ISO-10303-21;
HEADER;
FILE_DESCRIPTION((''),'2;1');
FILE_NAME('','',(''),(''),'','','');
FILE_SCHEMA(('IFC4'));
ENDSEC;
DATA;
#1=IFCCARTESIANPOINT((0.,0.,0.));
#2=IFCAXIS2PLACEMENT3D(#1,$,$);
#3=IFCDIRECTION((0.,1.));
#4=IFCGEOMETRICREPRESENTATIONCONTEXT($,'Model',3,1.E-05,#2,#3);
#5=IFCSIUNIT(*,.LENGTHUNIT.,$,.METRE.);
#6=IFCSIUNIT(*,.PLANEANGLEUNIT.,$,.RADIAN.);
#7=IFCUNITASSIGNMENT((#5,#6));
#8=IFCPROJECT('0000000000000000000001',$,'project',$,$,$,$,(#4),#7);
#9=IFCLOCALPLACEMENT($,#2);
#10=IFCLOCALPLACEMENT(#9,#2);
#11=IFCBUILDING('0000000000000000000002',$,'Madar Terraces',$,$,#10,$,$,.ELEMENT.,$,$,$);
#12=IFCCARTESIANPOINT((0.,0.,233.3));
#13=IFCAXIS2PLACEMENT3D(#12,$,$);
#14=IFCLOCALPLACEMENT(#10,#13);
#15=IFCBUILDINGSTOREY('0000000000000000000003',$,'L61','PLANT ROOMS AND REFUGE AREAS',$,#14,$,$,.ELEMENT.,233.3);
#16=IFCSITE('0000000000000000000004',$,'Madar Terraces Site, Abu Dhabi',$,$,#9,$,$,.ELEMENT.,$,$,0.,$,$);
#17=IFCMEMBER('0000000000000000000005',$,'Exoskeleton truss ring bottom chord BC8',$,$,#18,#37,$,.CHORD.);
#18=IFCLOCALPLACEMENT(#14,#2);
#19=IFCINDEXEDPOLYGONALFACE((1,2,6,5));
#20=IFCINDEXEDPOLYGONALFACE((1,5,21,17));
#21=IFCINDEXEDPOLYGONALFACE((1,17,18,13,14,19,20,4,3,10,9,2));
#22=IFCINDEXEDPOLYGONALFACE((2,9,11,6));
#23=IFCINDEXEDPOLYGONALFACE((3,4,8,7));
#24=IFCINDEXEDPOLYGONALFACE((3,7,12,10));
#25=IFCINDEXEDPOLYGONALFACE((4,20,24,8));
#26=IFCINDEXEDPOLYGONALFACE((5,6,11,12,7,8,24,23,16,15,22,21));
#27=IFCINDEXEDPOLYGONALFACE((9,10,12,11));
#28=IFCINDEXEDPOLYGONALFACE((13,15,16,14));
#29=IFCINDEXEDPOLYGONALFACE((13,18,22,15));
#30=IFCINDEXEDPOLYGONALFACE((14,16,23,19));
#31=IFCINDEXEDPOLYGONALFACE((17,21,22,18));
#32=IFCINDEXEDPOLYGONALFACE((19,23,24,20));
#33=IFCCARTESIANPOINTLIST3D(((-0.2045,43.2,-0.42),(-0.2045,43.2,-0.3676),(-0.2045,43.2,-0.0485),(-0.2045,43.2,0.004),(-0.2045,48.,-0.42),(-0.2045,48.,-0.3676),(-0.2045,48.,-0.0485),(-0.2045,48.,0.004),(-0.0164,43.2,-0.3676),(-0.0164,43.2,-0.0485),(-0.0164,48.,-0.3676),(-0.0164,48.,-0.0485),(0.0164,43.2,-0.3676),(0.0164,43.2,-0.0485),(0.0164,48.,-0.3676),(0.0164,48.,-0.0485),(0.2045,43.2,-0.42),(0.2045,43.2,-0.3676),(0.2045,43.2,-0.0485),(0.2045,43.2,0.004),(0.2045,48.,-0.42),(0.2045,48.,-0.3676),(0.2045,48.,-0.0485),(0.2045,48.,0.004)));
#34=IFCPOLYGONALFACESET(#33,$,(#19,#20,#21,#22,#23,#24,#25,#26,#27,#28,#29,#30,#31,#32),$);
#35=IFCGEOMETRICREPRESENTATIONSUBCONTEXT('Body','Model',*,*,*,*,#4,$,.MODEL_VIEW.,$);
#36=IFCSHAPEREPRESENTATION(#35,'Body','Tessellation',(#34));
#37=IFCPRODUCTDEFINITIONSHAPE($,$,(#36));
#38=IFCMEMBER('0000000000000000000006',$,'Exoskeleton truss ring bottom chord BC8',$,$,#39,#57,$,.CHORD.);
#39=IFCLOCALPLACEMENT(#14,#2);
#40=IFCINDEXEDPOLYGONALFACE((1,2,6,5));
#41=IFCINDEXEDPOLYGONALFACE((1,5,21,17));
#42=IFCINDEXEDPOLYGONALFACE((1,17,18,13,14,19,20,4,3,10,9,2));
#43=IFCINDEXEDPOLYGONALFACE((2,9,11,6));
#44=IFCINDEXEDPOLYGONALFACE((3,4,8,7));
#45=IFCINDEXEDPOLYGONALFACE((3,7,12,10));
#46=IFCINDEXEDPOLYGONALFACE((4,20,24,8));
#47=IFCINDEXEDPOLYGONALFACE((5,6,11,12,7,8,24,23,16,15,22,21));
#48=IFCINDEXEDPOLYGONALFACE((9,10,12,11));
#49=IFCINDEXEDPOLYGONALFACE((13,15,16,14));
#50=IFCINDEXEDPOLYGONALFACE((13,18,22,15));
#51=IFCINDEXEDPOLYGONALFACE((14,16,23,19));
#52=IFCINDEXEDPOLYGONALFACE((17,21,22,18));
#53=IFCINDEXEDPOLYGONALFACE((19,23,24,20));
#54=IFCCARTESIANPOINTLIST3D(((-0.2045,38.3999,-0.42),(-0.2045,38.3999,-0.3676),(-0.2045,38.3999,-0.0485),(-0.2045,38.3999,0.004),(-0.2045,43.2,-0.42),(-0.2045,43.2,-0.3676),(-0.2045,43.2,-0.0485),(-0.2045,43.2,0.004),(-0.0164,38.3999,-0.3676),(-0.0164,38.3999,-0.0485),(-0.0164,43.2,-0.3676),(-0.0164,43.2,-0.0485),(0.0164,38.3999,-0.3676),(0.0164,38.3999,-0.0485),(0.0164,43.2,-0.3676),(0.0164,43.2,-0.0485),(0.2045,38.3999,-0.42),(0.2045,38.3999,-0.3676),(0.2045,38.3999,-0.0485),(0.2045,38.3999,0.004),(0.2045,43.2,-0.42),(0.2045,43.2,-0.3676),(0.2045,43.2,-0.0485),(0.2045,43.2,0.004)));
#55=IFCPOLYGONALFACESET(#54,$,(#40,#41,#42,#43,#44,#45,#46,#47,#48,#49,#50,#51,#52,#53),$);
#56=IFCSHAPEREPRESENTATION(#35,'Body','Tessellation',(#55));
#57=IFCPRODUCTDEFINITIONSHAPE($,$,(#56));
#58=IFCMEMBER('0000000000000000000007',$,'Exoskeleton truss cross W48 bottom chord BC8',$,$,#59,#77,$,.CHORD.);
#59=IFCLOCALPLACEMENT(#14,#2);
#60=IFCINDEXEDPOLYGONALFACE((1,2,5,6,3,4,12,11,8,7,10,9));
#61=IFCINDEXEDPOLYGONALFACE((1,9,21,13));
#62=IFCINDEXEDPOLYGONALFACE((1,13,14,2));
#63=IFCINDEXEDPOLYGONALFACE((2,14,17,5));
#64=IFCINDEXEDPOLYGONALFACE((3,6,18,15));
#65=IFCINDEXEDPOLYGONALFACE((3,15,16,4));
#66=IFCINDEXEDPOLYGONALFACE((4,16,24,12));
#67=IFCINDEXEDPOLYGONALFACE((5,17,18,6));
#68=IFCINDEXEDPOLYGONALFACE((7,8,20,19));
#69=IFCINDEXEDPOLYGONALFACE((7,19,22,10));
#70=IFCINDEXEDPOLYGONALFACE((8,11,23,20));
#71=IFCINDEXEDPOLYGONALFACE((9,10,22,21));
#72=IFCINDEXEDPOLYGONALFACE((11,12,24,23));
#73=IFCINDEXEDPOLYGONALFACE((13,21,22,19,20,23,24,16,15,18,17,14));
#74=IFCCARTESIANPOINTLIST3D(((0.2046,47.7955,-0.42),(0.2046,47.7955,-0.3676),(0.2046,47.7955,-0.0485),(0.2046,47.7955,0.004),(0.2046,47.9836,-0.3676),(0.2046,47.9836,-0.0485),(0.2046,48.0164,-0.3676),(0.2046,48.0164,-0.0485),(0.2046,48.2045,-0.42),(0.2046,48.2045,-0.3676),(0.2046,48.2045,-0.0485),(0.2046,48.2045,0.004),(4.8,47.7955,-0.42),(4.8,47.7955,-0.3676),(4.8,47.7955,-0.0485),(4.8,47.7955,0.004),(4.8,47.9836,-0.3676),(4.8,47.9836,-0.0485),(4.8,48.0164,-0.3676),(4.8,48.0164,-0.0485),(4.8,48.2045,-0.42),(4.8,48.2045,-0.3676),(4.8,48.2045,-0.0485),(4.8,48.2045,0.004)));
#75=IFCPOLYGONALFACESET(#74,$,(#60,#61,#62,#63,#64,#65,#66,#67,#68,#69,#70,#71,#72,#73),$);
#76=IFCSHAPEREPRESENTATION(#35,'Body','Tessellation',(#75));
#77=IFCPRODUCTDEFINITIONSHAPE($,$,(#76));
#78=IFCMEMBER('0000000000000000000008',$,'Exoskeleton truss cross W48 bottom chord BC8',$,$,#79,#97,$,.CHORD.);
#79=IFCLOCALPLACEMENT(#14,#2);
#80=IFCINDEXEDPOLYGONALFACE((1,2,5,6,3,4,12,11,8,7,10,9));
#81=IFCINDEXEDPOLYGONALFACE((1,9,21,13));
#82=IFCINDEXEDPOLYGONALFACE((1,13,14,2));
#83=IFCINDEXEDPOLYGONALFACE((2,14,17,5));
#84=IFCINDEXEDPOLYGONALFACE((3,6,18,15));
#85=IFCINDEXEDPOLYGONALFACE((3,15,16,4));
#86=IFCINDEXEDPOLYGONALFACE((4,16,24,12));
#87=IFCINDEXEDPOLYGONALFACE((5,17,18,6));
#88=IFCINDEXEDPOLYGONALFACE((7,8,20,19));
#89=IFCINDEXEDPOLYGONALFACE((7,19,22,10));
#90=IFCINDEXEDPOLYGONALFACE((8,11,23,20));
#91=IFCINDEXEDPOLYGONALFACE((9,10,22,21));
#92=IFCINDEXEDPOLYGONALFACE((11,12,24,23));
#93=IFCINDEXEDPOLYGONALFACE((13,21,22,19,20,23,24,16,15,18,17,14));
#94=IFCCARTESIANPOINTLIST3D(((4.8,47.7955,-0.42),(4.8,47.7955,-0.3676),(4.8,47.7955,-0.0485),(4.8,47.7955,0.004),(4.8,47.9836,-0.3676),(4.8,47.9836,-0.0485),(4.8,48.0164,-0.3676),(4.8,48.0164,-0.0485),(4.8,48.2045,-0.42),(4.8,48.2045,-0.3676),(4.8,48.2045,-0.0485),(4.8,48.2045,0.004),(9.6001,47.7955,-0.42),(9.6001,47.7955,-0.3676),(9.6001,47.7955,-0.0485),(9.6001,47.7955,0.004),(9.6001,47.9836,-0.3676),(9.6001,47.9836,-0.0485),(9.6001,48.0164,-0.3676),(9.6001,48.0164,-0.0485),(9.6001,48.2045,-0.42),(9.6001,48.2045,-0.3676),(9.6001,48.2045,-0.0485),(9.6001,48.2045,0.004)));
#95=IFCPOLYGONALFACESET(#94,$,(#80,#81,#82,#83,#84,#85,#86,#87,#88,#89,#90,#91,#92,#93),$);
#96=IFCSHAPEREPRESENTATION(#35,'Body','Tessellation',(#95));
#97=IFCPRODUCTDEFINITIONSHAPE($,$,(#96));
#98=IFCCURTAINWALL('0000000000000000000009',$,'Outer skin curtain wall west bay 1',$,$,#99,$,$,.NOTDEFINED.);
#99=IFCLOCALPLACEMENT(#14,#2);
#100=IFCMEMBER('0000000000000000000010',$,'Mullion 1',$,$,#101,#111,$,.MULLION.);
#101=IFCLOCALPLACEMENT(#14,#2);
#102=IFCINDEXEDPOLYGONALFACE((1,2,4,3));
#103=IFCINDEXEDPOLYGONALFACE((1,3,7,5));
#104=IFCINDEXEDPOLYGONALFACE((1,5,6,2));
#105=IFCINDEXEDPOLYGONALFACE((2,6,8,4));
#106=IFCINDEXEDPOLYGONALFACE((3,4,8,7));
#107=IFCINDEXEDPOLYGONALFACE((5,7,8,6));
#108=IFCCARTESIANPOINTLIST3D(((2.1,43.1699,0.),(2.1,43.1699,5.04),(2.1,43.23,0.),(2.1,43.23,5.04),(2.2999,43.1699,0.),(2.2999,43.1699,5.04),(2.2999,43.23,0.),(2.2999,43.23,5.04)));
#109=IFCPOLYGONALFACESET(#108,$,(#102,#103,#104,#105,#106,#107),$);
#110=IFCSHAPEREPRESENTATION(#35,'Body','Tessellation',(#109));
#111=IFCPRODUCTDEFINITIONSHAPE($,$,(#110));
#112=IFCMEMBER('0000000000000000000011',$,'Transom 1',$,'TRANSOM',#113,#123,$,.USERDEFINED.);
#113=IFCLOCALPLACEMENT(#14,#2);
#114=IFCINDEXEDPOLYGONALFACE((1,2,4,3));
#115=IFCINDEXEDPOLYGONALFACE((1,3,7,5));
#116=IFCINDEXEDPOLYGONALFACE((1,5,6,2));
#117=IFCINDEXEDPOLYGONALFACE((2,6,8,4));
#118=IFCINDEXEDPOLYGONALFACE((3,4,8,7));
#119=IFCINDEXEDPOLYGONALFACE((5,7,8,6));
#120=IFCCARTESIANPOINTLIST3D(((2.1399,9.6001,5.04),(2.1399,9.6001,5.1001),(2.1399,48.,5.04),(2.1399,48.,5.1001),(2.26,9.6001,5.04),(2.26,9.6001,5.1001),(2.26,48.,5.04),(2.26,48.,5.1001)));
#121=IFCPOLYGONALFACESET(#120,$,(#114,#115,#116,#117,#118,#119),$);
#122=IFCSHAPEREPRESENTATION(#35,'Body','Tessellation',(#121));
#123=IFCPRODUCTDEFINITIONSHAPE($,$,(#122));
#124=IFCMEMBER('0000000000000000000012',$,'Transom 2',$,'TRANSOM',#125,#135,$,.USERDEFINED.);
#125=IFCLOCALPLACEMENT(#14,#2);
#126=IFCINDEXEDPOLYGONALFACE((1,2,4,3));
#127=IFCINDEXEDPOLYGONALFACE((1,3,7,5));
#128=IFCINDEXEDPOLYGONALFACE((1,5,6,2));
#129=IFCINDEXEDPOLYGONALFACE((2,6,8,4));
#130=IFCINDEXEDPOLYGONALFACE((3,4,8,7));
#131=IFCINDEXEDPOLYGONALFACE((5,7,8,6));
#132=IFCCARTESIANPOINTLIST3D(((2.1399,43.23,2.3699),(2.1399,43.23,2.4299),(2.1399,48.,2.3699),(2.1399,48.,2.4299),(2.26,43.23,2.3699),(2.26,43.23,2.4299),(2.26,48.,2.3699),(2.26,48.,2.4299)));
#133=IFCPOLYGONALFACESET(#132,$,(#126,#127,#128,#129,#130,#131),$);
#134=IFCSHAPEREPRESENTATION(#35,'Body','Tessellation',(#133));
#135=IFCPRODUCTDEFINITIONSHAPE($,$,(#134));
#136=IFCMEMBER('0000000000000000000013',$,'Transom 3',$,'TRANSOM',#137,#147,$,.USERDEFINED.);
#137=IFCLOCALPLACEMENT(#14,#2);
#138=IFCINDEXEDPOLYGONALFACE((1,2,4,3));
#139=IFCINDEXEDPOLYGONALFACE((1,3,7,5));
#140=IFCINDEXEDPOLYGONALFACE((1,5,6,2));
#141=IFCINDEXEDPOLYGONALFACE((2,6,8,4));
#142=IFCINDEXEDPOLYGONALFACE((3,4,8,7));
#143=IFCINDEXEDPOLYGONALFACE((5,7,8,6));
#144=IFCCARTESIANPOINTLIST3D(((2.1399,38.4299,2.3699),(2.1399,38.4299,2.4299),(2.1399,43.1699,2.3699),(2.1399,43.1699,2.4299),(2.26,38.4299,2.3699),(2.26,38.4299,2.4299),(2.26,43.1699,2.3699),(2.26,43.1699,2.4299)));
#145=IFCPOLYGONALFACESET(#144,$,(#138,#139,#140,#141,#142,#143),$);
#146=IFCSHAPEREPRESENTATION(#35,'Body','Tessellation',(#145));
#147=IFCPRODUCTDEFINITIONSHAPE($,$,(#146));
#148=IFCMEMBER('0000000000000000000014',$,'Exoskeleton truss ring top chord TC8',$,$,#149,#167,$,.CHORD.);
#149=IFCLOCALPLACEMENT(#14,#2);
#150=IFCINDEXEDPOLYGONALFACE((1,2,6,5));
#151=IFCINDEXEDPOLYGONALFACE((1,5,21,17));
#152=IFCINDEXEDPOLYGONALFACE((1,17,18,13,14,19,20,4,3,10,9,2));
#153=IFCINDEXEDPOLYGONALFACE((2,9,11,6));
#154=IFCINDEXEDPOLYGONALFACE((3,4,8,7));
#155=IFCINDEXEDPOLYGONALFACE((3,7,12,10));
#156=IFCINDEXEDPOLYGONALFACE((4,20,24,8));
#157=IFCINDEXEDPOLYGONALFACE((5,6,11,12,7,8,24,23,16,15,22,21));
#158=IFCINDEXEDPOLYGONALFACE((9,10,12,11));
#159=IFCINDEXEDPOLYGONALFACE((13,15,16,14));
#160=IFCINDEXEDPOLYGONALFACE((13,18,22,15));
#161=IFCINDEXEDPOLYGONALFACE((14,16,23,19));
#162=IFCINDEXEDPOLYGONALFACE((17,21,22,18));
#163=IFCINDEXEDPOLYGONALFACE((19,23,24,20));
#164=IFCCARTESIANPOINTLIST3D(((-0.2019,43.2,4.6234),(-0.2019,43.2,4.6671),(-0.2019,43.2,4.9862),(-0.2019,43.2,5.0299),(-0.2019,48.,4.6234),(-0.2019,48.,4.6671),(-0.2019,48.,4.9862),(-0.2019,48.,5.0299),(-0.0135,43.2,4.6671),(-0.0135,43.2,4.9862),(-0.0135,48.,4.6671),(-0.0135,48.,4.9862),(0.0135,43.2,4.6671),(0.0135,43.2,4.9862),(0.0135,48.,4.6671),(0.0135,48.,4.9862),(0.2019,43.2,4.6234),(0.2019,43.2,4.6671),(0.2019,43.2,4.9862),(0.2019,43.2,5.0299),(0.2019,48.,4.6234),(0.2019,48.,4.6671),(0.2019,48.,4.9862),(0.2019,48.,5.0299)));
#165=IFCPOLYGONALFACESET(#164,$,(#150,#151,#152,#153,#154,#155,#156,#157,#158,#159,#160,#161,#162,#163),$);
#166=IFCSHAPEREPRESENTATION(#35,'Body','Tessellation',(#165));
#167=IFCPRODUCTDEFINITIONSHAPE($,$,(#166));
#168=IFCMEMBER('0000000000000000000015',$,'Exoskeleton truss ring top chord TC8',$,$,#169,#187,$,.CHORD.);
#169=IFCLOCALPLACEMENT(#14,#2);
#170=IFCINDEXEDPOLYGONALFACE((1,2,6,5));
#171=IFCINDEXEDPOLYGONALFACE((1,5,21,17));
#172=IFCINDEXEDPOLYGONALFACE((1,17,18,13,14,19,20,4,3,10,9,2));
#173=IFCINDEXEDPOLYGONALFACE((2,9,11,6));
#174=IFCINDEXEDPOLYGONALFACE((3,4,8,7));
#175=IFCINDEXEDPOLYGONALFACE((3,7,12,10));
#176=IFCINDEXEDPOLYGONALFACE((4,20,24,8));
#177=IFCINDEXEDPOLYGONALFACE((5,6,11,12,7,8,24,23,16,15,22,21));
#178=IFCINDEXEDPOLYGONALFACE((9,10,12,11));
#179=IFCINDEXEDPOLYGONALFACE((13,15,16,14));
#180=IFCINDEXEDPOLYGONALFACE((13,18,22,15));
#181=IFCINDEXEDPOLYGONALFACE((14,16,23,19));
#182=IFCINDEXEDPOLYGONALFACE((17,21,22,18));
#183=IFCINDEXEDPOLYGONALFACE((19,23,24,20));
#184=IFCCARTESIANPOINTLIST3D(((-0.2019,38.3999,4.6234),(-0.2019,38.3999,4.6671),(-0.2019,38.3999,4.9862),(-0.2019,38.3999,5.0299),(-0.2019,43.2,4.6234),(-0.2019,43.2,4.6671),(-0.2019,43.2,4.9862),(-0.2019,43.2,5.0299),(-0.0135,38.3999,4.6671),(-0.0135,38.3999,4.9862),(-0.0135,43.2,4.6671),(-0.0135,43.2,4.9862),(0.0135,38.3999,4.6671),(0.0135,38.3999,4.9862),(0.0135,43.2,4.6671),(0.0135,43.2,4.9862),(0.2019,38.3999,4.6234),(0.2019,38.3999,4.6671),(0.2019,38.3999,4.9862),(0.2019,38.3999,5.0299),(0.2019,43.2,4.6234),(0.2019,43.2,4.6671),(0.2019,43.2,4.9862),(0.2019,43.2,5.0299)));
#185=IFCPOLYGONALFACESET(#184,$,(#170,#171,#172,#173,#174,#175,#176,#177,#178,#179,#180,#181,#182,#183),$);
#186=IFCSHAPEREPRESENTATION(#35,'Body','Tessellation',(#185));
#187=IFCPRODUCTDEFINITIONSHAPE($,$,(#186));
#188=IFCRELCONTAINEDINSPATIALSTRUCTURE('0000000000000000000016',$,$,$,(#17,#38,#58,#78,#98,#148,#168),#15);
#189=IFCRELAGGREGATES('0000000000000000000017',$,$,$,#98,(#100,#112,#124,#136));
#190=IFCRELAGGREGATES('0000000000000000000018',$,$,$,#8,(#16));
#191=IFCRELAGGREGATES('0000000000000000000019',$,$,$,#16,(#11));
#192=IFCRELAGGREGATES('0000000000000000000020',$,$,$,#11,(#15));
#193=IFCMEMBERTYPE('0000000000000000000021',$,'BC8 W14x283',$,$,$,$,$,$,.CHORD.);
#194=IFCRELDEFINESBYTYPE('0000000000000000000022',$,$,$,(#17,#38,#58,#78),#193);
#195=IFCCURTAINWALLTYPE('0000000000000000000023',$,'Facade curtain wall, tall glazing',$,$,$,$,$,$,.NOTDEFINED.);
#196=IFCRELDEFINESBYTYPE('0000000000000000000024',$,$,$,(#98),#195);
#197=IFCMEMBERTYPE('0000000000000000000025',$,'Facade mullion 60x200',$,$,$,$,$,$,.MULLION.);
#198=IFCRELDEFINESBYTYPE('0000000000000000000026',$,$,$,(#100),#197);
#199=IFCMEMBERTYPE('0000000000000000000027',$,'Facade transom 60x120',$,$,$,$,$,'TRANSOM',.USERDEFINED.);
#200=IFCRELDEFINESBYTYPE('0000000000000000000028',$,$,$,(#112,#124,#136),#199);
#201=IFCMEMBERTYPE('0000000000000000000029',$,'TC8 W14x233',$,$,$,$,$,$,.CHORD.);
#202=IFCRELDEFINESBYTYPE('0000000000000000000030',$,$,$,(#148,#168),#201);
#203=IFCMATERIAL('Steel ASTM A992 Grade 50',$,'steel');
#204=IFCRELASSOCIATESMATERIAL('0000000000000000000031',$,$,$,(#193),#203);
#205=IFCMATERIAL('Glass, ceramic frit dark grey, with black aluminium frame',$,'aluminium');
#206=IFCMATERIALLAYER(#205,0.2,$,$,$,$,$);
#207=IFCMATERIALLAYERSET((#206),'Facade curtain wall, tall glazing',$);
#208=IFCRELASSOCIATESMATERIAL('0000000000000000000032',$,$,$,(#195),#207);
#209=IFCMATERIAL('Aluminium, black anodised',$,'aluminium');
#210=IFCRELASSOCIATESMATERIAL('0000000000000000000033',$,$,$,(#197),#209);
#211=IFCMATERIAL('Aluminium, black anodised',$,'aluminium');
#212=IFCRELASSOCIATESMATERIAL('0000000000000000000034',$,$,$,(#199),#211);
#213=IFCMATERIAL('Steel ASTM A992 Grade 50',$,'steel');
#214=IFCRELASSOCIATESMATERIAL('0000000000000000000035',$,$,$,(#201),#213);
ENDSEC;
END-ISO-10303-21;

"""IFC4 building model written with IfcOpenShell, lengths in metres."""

from ifc_helpers import new_model, si_unit, direction, frame, origin, origin_2d, place, context, subcontext, project, spatial, rectangle, i_section, extrude, material, layer, layer_set, material_profile, profile_set, type_object, element, aggregate, save


model = new_model("IFC4")

# Units and contexts
model_context = context("Model", 3, precision=1e-05, world=origin(), true_north=direction((0.0, 1.0)))
body_context = subcontext(model_context, "Body", "Model", "MODEL_VIEW")
ifc_project = project(units=[si_unit("LENGTHUNIT", "METRE"), si_unit("PLANEANGLEUNIT", "RADIAN")], contexts=[model_context])

# Site, building, storey
site_placement = place(None, origin())
site = spatial("IfcSite", under=ifc_project, at=site_placement, Name="Madar Terraces Site, Abu Dhabi", CompositionType="ELEMENT", RefElevation=0.0)
building_placement = place(site_placement, origin())
building = spatial("IfcBuilding", under=site, at=building_placement, Name="Madar Terraces", CompositionType="ELEMENT")
storey_placement = place(building_placement, frame((0.0, 0.0, 233.3)))
storey = spatial("IfcBuildingStorey", under=building, at=storey_placement, Name="L61", Description="PLANT ROOMS AND REFUGE AREAS", CompositionType="ELEMENT", Elevation=233.3)

# Members
ifc_material_1 = material(Name="Steel ASTM A992 Grade 50", Category="steel")
ifc_material_profile_1 = material_profile(ifc_material_1, i_section(OverallWidth=0.4089, OverallDepth=0.4241, WebThickness=0.0327, FlangeThickness=0.0525, at=origin_2d()), Name="W14x283")
ifc_profile_set_1 = profile_set([ifc_material_profile_1], Name="Steel ASTM A992 Grade 50")
member_type_1 = type_object("IfcMemberType", Name="BC8 W14x283", PredefinedType="CHORD", material=ifc_profile_set_1)
for number, where, z_axis, x_axis, name in (
    (1, (0.0, 48.0, -0.208), (0.0, -1.0, 0.0), (1.0, 0.0, 0.0), "Exoskeleton truss ring bottom chord BC8"),
    (2, (0.0, 43.2, -0.208), (0.0, -1.0, 0.0), (1.0, 0.0, 0.0), "Exoskeleton truss ring bottom chord BC8"),
):
    element("IfcMember", number, at=place(storey_placement, frame(where, z_axis=z_axis, x_axis=x_axis)), inside=storey, type_object=member_type_1, Name=name, PredefinedType="CHORD", context=body_context, shape_type="SweptSolid", body=[
        extrude(i_section(OverallWidth=0.4089, OverallDepth=0.4241, WebThickness=0.0327, FlangeThickness=0.0525, at=origin_2d()), origin(), (0.0, 0.0, 1.0), 4.8),
    ])
member_1_placement = place(storey_placement, frame((0.2046, 48.0, -0.208), z_axis=(1.0, 0.0, 0.0), x_axis=(0.0, 1.0, 0.0)))
element("IfcMember", 3, at=member_1_placement, inside=storey, type_object=member_type_1, Name="Exoskeleton truss cross W48 bottom chord BC8", PredefinedType="CHORD", context=body_context, shape_type="SweptSolid", body=[
    extrude(i_section(OverallWidth=0.4089, OverallDepth=0.4241, WebThickness=0.0327, FlangeThickness=0.0525, at=origin_2d()), origin(), (0.0, 0.0, 1.0), 4.5955),
])
member_2_placement = place(storey_placement, frame((4.8, 48.0, -0.208), z_axis=(1.0, 0.0, 0.0), x_axis=(0.0, 1.0, 0.0)))
element("IfcMember", 4, at=member_2_placement, inside=storey, type_object=member_type_1, Name="Exoskeleton truss cross W48 bottom chord BC8", PredefinedType="CHORD", context=body_context, shape_type="SweptSolid", body=[
    extrude(i_section(OverallWidth=0.4089, OverallDepth=0.4241, WebThickness=0.0327, FlangeThickness=0.0525, at=origin_2d()), origin(), (0.0, 0.0, 1.0), 4.8),
])

# Curtain wall, members
ifc_material_2 = material(Name="Glass, ceramic frit dark grey, with black aluminium frame", Category="aluminium")
ifc_layer_1 = layer(ifc_material_2, 0.2)
ifc_layer_set_1 = layer_set([ifc_layer_1], Name="Facade curtain wall, tall glazing")
curtain_wall_type = type_object("IfcCurtainWallType", Name="Facade curtain wall, tall glazing", PredefinedType="NOTDEFINED", material=ifc_layer_set_1)
curtain_wall_placement = place(storey_placement, origin())
curtain_wall = element("IfcCurtainWall", 5, at=curtain_wall_placement, inside=storey, type_object=curtain_wall_type, Name="Outer skin curtain wall west bay 1", PredefinedType="NOTDEFINED")
ifc_material_3 = material(Name="Aluminium, black anodised", Category="aluminium")
ifc_material_profile_2 = material_profile(ifc_material_3, rectangle(XDim=0.2, YDim=0.0601, at=origin_2d()), Name="Facade mullion 60x200")
ifc_profile_set_2 = profile_set([ifc_material_profile_2], Name="Aluminium, black anodised")
member_type_2 = type_object("IfcMemberType", Name="Facade mullion 60x200", PredefinedType="MULLION", material=ifc_profile_set_2)
member_3_placement = place(storey_placement, frame((2.2, 43.2, 0.0), z_axis=(0.0, 0.0, 1.0), x_axis=(1.0, 0.0, 0.0)))
member_3 = element("IfcMember", 6, at=member_3_placement, type_object=member_type_2, Name="Mullion 1", PredefinedType="MULLION", context=body_context, shape_type="SweptSolid", body=[
    extrude(rectangle(XDim=0.2, YDim=0.0601, at=origin_2d()), origin(), (0.0, 0.0, 1.0), 5.04),
])
ifc_material_4 = material(Name="Aluminium, black anodised", Category="aluminium")
ifc_material_profile_3 = material_profile(ifc_material_4, rectangle(XDim=0.1201, YDim=0.0601, at=origin_2d()), Name="Facade transom 60x120")
ifc_profile_set_3 = profile_set([ifc_material_profile_3], Name="Aluminium, black anodised")
member_type_3 = type_object("IfcMemberType", Name="Facade transom 60x120", ElementType="TRANSOM", PredefinedType="USERDEFINED", material=ifc_profile_set_3)
member_4_placement = place(storey_placement, frame((2.2, 48.0, 5.0701), z_axis=(0.0, -1.0, 0.0), x_axis=(1.0, 0.0, 0.0)))
member_4 = element("IfcMember", 7, at=member_4_placement, type_object=member_type_3, Name="Transom 1", ObjectType="TRANSOM", PredefinedType="USERDEFINED", context=body_context, shape_type="SweptSolid", body=[
    extrude(rectangle(XDim=0.1201, YDim=0.0601, at=origin_2d()), origin(), (0.0, 0.0, 1.0), 38.3999),
])
member_5_placement = place(storey_placement, frame((2.2, 48.0, 2.3999), z_axis=(0.0, -1.0, 0.0), x_axis=(1.0, 0.0, 0.0)))
member_5 = element("IfcMember", 8, at=member_5_placement, type_object=member_type_3, Name="Transom 2", ObjectType="TRANSOM", PredefinedType="USERDEFINED", context=body_context, shape_type="SweptSolid", body=[
    extrude(rectangle(XDim=0.1201, YDim=0.0601, at=origin_2d()), origin(), (0.0, 0.0, 1.0), 4.77),
])
member_6_placement = place(storey_placement, frame((2.2, 43.1699, 2.3999), z_axis=(0.0, -1.0, 0.0), x_axis=(1.0, 0.0, 0.0)))
member_6 = element("IfcMember", 9, at=member_6_placement, type_object=member_type_3, Name="Transom 3", ObjectType="TRANSOM", PredefinedType="USERDEFINED", context=body_context, shape_type="SweptSolid", body=[
    extrude(rectangle(XDim=0.1201, YDim=0.0601, at=origin_2d()), origin(), (0.0, 0.0, 1.0), 4.74),
])

# Members
ifc_material_5 = material(Name="Steel ASTM A992 Grade 50", Category="steel")
ifc_material_profile_4 = material_profile(ifc_material_5, i_section(OverallWidth=0.4038, OverallDepth=0.4065, WebThickness=0.0271, FlangeThickness=0.0437, at=origin_2d()), Name="W14x233")
ifc_profile_set_4 = profile_set([ifc_material_profile_4], Name="Steel ASTM A992 Grade 50")
member_type_4 = type_object("IfcMemberType", Name="TC8 W14x233", PredefinedType="CHORD", material=ifc_profile_set_4)
for number, where, z_axis, x_axis, name in (
    (10, (0.0, 48.0, 4.8267), (0.0, -1.0, 0.0), (1.0, 0.0, 0.0), "Exoskeleton truss ring top chord TC8"),
    (11, (0.0, 43.2, 4.8267), (0.0, -1.0, 0.0), (1.0, 0.0, 0.0), "Exoskeleton truss ring top chord TC8"),
):
    element("IfcMember", number, at=place(storey_placement, frame(where, z_axis=z_axis, x_axis=x_axis)), inside=storey, type_object=member_type_4, Name=name, PredefinedType="CHORD", context=body_context, shape_type="SweptSolid", body=[
        extrude(i_section(OverallWidth=0.4038, OverallDepth=0.4065, WebThickness=0.0271, FlangeThickness=0.0437, at=origin_2d()), origin(), (0.0, 0.0, 1.0), 4.8),
    ])

aggregate(curtain_wall, [member_3, member_4, member_5, member_6])

save(model, "model.ifc")
